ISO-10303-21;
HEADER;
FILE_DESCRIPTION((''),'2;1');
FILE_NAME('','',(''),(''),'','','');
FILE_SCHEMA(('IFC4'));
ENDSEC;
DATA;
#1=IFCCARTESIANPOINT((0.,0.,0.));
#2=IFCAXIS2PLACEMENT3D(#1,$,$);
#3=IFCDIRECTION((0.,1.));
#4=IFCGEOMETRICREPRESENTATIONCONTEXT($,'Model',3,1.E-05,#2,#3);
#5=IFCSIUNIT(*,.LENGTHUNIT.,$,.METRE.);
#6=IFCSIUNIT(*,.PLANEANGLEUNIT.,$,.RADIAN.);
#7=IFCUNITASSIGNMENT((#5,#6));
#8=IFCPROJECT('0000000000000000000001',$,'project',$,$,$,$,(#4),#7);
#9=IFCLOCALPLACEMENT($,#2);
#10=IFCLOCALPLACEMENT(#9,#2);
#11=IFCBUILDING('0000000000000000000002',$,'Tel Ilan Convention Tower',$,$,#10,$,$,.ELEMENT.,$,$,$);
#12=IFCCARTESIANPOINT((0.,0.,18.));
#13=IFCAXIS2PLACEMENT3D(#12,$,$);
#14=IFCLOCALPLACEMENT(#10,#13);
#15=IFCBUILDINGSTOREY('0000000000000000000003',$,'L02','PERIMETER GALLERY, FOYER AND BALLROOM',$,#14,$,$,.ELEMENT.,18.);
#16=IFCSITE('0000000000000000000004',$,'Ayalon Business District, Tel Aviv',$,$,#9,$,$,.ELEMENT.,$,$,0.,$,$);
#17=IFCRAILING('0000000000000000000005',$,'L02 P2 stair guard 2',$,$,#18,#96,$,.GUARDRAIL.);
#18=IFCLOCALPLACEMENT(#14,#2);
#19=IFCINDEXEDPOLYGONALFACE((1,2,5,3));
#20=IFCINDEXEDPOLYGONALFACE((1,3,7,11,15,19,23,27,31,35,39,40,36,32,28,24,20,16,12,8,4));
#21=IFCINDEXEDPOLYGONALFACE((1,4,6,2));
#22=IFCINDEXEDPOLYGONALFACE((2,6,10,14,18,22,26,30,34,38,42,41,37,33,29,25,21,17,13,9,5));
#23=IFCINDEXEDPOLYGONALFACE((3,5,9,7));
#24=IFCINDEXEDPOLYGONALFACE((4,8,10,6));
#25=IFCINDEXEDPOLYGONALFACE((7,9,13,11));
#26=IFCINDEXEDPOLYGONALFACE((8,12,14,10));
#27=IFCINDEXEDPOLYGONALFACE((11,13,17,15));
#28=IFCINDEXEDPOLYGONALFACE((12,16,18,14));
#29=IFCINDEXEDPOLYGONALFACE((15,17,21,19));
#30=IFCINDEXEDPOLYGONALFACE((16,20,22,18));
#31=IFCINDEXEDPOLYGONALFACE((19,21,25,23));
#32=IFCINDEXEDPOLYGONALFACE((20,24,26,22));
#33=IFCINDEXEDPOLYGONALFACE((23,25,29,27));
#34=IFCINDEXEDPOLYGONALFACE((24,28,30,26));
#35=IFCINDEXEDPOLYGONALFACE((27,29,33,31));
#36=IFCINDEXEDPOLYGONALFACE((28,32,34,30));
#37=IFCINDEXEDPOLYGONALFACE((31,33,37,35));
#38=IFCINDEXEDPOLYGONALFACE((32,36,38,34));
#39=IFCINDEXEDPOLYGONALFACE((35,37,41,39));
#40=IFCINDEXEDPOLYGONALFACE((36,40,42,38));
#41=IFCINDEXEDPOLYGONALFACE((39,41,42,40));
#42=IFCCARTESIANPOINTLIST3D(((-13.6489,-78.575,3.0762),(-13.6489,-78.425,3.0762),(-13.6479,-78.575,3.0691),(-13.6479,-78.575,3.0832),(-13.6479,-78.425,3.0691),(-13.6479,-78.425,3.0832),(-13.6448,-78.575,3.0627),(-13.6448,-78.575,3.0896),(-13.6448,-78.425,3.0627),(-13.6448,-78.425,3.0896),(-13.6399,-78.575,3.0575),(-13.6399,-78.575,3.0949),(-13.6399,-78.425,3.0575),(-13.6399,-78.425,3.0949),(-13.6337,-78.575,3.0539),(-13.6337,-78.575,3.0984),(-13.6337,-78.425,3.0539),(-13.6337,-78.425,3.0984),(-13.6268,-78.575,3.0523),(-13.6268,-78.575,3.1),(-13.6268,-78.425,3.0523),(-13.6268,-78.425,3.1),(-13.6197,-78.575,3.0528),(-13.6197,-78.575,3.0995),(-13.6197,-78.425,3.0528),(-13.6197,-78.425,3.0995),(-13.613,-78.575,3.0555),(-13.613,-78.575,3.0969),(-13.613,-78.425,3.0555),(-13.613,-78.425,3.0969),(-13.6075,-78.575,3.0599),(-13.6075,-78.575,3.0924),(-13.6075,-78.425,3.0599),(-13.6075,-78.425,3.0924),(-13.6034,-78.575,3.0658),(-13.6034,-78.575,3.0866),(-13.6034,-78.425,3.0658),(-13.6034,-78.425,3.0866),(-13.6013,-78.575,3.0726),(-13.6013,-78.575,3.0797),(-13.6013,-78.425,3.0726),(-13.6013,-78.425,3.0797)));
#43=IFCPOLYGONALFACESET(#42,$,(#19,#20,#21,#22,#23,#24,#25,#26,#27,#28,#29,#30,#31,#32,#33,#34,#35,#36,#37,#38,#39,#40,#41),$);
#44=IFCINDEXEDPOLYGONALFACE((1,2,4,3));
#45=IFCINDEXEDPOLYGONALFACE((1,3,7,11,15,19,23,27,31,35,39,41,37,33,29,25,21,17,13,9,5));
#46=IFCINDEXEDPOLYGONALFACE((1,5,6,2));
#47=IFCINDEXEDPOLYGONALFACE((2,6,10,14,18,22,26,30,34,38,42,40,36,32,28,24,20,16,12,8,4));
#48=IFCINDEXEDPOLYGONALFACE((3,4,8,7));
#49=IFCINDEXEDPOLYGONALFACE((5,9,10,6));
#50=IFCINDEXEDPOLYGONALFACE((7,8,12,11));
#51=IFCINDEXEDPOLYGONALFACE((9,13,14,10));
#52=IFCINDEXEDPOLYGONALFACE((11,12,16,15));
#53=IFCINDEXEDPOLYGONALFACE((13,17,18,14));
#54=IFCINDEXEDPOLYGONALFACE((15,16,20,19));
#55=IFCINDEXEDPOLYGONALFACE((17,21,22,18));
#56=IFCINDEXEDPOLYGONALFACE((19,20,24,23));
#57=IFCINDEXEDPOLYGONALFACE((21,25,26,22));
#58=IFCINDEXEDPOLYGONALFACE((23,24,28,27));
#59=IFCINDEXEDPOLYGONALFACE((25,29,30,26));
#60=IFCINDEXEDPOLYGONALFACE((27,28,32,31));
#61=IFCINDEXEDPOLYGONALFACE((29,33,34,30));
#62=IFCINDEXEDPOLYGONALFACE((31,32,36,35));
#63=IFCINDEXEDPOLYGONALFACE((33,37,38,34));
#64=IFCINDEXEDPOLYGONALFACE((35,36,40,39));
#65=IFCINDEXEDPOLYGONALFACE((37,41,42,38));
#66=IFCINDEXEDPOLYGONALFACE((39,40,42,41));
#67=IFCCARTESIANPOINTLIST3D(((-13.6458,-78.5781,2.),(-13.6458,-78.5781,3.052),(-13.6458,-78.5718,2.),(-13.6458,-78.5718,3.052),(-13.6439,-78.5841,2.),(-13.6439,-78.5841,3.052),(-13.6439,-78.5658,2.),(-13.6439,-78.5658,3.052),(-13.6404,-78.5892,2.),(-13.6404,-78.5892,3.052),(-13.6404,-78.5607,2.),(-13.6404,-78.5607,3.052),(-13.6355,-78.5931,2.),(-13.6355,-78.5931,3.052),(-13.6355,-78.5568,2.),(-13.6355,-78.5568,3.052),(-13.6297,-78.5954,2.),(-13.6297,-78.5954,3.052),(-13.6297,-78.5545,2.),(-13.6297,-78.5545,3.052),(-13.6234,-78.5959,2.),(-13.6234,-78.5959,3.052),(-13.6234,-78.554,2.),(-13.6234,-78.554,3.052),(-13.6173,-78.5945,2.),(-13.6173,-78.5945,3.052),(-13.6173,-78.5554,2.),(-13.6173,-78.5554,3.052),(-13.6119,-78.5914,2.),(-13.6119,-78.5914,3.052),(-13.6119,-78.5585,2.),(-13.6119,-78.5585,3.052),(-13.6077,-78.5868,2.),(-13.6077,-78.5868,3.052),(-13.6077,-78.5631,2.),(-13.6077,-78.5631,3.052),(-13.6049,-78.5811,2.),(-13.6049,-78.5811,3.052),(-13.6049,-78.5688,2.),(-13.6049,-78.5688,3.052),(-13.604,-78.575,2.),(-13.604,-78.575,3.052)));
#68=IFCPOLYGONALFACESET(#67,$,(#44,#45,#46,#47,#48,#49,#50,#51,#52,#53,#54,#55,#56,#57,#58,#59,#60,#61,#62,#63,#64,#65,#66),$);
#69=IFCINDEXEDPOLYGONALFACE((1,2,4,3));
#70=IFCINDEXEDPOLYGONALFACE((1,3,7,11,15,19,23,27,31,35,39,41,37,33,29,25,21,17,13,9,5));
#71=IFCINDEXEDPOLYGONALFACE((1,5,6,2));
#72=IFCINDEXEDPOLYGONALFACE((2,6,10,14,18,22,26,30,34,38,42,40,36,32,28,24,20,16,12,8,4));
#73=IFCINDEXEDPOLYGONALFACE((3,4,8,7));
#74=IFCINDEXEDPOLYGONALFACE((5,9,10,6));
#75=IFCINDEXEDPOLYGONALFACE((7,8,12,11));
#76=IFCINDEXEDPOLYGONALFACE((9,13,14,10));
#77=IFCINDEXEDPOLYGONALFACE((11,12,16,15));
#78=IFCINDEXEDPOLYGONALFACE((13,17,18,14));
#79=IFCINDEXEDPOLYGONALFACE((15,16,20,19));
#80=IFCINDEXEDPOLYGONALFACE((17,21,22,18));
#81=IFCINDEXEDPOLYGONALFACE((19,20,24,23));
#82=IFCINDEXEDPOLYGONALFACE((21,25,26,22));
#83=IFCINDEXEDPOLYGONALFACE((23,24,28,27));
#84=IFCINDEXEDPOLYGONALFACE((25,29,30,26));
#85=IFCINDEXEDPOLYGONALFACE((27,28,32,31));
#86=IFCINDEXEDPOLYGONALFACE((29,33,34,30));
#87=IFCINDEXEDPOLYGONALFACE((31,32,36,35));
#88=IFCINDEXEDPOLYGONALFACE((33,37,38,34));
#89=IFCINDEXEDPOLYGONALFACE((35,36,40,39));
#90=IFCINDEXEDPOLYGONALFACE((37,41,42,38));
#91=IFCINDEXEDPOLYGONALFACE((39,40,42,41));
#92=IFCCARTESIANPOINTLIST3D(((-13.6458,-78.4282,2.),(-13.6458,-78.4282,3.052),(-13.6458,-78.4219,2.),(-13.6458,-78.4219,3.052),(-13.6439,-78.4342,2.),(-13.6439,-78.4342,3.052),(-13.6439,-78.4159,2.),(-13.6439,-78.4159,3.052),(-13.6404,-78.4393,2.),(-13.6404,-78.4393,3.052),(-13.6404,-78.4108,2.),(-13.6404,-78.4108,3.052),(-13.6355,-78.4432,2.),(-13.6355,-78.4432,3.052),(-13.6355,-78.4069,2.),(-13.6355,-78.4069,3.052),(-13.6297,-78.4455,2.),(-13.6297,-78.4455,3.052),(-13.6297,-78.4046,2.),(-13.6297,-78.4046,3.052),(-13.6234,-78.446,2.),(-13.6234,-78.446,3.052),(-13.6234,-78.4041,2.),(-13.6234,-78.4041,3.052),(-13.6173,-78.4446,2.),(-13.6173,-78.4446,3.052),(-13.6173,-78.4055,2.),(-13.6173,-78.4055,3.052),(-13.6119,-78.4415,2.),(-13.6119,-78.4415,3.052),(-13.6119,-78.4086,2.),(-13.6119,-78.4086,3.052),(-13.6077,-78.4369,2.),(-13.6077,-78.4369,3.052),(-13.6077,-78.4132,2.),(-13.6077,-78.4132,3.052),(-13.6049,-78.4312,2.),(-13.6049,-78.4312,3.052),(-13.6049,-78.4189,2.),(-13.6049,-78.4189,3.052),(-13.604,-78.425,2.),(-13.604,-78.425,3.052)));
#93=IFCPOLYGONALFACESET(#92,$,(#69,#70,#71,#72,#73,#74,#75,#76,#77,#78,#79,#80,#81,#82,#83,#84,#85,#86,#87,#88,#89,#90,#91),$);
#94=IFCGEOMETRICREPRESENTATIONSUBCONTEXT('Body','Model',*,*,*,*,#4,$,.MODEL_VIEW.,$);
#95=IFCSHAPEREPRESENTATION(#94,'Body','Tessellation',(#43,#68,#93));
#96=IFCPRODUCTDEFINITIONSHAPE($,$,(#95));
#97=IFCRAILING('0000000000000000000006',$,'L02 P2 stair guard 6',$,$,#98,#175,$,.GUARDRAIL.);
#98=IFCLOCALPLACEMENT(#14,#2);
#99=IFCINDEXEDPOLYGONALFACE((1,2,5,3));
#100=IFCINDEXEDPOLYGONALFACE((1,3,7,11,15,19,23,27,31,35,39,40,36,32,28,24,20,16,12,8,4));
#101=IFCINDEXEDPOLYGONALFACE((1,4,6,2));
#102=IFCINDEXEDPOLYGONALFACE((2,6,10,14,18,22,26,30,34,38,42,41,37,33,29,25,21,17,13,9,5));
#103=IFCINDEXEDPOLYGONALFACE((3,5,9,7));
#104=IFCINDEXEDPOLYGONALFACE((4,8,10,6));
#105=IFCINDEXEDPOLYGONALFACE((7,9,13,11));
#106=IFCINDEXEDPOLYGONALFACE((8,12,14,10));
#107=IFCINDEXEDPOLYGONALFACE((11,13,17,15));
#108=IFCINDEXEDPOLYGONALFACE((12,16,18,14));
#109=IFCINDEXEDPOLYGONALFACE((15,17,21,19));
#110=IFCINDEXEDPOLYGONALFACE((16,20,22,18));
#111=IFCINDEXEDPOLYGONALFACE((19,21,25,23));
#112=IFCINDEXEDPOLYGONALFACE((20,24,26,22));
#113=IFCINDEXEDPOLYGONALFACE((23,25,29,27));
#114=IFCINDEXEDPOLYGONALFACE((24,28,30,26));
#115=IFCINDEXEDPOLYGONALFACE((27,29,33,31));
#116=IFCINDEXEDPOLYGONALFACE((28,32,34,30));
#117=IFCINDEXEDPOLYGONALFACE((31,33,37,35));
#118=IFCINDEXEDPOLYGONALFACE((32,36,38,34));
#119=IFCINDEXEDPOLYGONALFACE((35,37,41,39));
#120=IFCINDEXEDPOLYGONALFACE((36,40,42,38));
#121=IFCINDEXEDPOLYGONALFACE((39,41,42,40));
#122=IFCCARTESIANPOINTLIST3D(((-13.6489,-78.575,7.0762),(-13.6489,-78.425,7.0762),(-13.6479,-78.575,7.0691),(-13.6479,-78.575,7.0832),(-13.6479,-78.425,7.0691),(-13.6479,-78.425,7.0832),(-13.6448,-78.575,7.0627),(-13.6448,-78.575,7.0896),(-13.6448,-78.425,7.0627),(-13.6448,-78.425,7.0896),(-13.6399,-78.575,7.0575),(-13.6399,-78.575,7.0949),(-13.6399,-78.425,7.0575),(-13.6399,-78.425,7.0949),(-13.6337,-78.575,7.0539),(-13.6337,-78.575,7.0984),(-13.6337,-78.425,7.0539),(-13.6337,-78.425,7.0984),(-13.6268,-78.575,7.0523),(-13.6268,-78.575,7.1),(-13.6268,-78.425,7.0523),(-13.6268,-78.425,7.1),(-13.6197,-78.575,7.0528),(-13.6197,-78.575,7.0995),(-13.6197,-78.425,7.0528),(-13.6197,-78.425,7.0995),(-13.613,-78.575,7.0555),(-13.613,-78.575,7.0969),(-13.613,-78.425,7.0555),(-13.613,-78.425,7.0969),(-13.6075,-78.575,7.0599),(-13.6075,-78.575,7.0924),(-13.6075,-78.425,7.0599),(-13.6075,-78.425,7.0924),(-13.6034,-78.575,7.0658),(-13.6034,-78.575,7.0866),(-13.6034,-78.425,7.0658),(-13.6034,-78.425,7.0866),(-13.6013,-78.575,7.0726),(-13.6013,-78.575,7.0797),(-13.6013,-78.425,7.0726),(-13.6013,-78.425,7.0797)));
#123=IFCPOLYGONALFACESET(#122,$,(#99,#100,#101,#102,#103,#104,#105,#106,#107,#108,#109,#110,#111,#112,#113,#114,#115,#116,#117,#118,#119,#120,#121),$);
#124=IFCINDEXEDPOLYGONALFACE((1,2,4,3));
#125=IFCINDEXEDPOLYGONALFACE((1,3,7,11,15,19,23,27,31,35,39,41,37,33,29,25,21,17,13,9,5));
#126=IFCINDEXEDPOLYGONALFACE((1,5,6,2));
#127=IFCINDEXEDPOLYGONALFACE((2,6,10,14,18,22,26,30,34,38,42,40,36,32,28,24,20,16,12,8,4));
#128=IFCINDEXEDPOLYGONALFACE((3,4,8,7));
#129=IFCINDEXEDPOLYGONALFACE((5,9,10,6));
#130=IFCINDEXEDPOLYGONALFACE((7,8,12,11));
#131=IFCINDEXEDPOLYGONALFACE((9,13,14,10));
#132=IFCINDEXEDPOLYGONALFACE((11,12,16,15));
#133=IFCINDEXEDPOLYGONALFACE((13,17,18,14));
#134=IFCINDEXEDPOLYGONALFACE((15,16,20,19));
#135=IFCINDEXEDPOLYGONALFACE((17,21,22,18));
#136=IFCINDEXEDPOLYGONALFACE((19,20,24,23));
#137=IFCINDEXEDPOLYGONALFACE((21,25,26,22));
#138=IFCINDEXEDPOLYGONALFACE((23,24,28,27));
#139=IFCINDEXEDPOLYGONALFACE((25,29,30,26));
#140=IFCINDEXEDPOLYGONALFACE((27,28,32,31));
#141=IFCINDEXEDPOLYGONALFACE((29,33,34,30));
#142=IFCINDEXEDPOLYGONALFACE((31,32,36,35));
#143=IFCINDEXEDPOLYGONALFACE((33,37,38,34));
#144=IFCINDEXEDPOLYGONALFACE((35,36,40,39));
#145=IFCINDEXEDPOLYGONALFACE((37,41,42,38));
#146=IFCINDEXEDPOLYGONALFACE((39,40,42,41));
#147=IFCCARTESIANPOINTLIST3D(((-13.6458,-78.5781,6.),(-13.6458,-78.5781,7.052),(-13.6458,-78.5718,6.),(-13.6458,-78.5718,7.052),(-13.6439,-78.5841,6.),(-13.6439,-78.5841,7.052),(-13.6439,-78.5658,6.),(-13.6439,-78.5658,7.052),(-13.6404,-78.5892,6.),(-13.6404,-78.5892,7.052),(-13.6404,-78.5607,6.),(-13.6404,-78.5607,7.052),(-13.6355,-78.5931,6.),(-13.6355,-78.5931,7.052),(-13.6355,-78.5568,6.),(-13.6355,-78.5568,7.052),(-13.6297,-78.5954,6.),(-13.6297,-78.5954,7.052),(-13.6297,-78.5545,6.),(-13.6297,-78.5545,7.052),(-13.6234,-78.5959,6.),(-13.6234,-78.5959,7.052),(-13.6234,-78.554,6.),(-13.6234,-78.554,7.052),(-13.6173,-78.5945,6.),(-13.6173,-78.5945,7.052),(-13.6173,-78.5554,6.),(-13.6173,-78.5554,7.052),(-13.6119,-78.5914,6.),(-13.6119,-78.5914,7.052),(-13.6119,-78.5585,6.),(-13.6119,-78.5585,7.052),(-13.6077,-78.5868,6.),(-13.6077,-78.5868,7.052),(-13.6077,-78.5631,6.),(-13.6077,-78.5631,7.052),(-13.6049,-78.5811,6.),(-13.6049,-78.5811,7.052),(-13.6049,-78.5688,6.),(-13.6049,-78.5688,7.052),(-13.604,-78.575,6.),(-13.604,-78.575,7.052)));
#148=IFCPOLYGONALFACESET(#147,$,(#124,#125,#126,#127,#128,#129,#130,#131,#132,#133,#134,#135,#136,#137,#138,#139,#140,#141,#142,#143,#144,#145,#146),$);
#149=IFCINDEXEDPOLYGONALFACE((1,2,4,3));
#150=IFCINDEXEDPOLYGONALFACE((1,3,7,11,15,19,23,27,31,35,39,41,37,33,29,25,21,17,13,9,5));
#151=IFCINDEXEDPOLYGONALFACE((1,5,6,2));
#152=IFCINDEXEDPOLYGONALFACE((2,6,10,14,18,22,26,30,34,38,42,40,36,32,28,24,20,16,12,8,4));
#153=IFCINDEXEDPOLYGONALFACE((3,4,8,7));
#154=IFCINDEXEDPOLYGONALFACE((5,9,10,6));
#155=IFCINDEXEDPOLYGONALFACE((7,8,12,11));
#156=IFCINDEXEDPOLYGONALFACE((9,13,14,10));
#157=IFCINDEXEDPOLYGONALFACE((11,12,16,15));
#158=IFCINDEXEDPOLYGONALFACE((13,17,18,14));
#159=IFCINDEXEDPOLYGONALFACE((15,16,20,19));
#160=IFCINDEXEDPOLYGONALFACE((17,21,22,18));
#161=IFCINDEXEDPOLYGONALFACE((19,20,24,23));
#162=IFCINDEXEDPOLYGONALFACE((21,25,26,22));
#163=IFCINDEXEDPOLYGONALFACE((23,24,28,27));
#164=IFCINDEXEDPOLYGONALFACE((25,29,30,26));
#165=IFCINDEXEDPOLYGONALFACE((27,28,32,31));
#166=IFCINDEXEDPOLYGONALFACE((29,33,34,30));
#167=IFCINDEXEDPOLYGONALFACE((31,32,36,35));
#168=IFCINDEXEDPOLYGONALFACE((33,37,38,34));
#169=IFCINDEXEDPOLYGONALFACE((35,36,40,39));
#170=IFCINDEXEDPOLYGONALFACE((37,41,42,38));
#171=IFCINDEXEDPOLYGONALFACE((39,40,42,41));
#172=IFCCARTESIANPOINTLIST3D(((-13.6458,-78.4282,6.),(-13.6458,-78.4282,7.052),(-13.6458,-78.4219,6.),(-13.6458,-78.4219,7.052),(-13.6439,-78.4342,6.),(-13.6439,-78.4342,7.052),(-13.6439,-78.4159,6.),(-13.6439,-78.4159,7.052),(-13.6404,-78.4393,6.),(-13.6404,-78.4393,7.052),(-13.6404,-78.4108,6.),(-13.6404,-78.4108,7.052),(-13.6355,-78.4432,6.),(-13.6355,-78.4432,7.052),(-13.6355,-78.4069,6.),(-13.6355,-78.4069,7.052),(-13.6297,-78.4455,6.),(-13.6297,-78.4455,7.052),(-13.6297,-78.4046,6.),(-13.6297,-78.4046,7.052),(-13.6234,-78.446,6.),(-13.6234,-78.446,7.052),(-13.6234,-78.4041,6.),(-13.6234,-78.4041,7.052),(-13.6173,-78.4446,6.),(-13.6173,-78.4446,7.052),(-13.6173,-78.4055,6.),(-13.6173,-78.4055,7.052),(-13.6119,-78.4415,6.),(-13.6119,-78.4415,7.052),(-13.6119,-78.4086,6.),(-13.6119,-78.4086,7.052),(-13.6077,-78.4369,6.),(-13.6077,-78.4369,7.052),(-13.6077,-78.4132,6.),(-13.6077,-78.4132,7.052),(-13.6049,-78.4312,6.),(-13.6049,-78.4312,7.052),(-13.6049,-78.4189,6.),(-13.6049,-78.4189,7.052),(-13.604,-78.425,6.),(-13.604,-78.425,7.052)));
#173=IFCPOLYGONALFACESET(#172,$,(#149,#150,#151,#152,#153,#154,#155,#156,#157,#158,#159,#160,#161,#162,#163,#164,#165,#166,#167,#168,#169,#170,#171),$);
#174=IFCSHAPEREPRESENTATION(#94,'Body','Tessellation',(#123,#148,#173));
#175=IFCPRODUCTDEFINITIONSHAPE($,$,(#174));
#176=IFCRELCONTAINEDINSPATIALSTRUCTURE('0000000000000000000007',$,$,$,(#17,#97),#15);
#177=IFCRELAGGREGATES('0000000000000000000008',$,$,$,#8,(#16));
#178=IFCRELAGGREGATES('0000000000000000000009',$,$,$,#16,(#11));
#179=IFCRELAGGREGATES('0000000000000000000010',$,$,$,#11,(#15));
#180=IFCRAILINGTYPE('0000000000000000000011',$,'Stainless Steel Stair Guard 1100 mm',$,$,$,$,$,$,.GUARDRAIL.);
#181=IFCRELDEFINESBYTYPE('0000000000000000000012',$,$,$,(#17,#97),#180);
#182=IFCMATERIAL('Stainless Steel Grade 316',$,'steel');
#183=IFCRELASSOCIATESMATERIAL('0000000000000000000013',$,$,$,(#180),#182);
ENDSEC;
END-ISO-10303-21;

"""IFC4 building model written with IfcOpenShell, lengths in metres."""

from ifc_helpers import new_model, si_unit, direction, frame, origin, origin_2d, place, context, subcontext, project, spatial, circle, extrude, material, type_object, element, save


model = new_model("IFC4")

# Units and contexts
model_context = context("Model", 3, precision=1e-05, world=origin(), true_north=direction((0.0, 1.0)))
body_context = subcontext(model_context, "Body", "Model", "MODEL_VIEW")
ifc_project = project(units=[si_unit("LENGTHUNIT", "METRE"), si_unit("PLANEANGLEUNIT", "RADIAN")], contexts=[model_context])

# Site, building, storey
site_placement = place(None, origin())
site = spatial("IfcSite", under=ifc_project, at=site_placement, Name="Ayalon Business District, Tel Aviv", CompositionType="ELEMENT", RefElevation=0.0)
building_placement = place(site_placement, origin())
building = spatial("IfcBuilding", under=site, at=building_placement, Name="Tel Ilan Convention Tower", CompositionType="ELEMENT")
storey_placement = place(building_placement, frame((0.0, 0.0, 18.0)))
storey = spatial("IfcBuildingStorey", under=building, at=storey_placement, Name="L02", Description="PERIMETER GALLERY, FOYER AND BALLROOM", CompositionType="ELEMENT", Elevation=18.0)

# Railings
ifc_material_1 = material(Name="Stainless Steel Grade 316", Category="steel")
railing_type_1 = type_object("IfcRailingType", Name="Stainless Steel Stair Guard 1100 mm", PredefinedType="GUARDRAIL", material=ifc_material_1)
for number, where, name in (
    (1, (-13.625, -78.575, 2.0), "L02 P2 stair guard 2"),
    (2, (-13.625, -78.575, 6.0), "L02 P2 stair guard 6"),
):
    element("IfcRailing", number, at=place(storey_placement, frame(where)), inside=storey, type_object=railing_type_1, Name=name, PredefinedType="GUARDRAIL", context=body_context, shape_type="SweptSolid", body=[
        extrude(circle(Radius=0.0239, at=origin_2d()), frame((0.0, 0.0, 1.0762), z_axis=(0.0, 1.0, 0.0), x_axis=(-1.0, 0.0, 0.0)), (0.0, 0.0, 1.0), 0.1499),
        extrude(circle(Radius=0.021, at=origin_2d()), origin(), (0.0, 0.0, 1.0), 1.052),
        extrude(circle(Radius=0.021, at=origin_2d()), frame((0.0, 0.1499, 0.0)), (0.0, 0.0, 1.0), 1.052),
    ])

save(model, "model.ifc")
